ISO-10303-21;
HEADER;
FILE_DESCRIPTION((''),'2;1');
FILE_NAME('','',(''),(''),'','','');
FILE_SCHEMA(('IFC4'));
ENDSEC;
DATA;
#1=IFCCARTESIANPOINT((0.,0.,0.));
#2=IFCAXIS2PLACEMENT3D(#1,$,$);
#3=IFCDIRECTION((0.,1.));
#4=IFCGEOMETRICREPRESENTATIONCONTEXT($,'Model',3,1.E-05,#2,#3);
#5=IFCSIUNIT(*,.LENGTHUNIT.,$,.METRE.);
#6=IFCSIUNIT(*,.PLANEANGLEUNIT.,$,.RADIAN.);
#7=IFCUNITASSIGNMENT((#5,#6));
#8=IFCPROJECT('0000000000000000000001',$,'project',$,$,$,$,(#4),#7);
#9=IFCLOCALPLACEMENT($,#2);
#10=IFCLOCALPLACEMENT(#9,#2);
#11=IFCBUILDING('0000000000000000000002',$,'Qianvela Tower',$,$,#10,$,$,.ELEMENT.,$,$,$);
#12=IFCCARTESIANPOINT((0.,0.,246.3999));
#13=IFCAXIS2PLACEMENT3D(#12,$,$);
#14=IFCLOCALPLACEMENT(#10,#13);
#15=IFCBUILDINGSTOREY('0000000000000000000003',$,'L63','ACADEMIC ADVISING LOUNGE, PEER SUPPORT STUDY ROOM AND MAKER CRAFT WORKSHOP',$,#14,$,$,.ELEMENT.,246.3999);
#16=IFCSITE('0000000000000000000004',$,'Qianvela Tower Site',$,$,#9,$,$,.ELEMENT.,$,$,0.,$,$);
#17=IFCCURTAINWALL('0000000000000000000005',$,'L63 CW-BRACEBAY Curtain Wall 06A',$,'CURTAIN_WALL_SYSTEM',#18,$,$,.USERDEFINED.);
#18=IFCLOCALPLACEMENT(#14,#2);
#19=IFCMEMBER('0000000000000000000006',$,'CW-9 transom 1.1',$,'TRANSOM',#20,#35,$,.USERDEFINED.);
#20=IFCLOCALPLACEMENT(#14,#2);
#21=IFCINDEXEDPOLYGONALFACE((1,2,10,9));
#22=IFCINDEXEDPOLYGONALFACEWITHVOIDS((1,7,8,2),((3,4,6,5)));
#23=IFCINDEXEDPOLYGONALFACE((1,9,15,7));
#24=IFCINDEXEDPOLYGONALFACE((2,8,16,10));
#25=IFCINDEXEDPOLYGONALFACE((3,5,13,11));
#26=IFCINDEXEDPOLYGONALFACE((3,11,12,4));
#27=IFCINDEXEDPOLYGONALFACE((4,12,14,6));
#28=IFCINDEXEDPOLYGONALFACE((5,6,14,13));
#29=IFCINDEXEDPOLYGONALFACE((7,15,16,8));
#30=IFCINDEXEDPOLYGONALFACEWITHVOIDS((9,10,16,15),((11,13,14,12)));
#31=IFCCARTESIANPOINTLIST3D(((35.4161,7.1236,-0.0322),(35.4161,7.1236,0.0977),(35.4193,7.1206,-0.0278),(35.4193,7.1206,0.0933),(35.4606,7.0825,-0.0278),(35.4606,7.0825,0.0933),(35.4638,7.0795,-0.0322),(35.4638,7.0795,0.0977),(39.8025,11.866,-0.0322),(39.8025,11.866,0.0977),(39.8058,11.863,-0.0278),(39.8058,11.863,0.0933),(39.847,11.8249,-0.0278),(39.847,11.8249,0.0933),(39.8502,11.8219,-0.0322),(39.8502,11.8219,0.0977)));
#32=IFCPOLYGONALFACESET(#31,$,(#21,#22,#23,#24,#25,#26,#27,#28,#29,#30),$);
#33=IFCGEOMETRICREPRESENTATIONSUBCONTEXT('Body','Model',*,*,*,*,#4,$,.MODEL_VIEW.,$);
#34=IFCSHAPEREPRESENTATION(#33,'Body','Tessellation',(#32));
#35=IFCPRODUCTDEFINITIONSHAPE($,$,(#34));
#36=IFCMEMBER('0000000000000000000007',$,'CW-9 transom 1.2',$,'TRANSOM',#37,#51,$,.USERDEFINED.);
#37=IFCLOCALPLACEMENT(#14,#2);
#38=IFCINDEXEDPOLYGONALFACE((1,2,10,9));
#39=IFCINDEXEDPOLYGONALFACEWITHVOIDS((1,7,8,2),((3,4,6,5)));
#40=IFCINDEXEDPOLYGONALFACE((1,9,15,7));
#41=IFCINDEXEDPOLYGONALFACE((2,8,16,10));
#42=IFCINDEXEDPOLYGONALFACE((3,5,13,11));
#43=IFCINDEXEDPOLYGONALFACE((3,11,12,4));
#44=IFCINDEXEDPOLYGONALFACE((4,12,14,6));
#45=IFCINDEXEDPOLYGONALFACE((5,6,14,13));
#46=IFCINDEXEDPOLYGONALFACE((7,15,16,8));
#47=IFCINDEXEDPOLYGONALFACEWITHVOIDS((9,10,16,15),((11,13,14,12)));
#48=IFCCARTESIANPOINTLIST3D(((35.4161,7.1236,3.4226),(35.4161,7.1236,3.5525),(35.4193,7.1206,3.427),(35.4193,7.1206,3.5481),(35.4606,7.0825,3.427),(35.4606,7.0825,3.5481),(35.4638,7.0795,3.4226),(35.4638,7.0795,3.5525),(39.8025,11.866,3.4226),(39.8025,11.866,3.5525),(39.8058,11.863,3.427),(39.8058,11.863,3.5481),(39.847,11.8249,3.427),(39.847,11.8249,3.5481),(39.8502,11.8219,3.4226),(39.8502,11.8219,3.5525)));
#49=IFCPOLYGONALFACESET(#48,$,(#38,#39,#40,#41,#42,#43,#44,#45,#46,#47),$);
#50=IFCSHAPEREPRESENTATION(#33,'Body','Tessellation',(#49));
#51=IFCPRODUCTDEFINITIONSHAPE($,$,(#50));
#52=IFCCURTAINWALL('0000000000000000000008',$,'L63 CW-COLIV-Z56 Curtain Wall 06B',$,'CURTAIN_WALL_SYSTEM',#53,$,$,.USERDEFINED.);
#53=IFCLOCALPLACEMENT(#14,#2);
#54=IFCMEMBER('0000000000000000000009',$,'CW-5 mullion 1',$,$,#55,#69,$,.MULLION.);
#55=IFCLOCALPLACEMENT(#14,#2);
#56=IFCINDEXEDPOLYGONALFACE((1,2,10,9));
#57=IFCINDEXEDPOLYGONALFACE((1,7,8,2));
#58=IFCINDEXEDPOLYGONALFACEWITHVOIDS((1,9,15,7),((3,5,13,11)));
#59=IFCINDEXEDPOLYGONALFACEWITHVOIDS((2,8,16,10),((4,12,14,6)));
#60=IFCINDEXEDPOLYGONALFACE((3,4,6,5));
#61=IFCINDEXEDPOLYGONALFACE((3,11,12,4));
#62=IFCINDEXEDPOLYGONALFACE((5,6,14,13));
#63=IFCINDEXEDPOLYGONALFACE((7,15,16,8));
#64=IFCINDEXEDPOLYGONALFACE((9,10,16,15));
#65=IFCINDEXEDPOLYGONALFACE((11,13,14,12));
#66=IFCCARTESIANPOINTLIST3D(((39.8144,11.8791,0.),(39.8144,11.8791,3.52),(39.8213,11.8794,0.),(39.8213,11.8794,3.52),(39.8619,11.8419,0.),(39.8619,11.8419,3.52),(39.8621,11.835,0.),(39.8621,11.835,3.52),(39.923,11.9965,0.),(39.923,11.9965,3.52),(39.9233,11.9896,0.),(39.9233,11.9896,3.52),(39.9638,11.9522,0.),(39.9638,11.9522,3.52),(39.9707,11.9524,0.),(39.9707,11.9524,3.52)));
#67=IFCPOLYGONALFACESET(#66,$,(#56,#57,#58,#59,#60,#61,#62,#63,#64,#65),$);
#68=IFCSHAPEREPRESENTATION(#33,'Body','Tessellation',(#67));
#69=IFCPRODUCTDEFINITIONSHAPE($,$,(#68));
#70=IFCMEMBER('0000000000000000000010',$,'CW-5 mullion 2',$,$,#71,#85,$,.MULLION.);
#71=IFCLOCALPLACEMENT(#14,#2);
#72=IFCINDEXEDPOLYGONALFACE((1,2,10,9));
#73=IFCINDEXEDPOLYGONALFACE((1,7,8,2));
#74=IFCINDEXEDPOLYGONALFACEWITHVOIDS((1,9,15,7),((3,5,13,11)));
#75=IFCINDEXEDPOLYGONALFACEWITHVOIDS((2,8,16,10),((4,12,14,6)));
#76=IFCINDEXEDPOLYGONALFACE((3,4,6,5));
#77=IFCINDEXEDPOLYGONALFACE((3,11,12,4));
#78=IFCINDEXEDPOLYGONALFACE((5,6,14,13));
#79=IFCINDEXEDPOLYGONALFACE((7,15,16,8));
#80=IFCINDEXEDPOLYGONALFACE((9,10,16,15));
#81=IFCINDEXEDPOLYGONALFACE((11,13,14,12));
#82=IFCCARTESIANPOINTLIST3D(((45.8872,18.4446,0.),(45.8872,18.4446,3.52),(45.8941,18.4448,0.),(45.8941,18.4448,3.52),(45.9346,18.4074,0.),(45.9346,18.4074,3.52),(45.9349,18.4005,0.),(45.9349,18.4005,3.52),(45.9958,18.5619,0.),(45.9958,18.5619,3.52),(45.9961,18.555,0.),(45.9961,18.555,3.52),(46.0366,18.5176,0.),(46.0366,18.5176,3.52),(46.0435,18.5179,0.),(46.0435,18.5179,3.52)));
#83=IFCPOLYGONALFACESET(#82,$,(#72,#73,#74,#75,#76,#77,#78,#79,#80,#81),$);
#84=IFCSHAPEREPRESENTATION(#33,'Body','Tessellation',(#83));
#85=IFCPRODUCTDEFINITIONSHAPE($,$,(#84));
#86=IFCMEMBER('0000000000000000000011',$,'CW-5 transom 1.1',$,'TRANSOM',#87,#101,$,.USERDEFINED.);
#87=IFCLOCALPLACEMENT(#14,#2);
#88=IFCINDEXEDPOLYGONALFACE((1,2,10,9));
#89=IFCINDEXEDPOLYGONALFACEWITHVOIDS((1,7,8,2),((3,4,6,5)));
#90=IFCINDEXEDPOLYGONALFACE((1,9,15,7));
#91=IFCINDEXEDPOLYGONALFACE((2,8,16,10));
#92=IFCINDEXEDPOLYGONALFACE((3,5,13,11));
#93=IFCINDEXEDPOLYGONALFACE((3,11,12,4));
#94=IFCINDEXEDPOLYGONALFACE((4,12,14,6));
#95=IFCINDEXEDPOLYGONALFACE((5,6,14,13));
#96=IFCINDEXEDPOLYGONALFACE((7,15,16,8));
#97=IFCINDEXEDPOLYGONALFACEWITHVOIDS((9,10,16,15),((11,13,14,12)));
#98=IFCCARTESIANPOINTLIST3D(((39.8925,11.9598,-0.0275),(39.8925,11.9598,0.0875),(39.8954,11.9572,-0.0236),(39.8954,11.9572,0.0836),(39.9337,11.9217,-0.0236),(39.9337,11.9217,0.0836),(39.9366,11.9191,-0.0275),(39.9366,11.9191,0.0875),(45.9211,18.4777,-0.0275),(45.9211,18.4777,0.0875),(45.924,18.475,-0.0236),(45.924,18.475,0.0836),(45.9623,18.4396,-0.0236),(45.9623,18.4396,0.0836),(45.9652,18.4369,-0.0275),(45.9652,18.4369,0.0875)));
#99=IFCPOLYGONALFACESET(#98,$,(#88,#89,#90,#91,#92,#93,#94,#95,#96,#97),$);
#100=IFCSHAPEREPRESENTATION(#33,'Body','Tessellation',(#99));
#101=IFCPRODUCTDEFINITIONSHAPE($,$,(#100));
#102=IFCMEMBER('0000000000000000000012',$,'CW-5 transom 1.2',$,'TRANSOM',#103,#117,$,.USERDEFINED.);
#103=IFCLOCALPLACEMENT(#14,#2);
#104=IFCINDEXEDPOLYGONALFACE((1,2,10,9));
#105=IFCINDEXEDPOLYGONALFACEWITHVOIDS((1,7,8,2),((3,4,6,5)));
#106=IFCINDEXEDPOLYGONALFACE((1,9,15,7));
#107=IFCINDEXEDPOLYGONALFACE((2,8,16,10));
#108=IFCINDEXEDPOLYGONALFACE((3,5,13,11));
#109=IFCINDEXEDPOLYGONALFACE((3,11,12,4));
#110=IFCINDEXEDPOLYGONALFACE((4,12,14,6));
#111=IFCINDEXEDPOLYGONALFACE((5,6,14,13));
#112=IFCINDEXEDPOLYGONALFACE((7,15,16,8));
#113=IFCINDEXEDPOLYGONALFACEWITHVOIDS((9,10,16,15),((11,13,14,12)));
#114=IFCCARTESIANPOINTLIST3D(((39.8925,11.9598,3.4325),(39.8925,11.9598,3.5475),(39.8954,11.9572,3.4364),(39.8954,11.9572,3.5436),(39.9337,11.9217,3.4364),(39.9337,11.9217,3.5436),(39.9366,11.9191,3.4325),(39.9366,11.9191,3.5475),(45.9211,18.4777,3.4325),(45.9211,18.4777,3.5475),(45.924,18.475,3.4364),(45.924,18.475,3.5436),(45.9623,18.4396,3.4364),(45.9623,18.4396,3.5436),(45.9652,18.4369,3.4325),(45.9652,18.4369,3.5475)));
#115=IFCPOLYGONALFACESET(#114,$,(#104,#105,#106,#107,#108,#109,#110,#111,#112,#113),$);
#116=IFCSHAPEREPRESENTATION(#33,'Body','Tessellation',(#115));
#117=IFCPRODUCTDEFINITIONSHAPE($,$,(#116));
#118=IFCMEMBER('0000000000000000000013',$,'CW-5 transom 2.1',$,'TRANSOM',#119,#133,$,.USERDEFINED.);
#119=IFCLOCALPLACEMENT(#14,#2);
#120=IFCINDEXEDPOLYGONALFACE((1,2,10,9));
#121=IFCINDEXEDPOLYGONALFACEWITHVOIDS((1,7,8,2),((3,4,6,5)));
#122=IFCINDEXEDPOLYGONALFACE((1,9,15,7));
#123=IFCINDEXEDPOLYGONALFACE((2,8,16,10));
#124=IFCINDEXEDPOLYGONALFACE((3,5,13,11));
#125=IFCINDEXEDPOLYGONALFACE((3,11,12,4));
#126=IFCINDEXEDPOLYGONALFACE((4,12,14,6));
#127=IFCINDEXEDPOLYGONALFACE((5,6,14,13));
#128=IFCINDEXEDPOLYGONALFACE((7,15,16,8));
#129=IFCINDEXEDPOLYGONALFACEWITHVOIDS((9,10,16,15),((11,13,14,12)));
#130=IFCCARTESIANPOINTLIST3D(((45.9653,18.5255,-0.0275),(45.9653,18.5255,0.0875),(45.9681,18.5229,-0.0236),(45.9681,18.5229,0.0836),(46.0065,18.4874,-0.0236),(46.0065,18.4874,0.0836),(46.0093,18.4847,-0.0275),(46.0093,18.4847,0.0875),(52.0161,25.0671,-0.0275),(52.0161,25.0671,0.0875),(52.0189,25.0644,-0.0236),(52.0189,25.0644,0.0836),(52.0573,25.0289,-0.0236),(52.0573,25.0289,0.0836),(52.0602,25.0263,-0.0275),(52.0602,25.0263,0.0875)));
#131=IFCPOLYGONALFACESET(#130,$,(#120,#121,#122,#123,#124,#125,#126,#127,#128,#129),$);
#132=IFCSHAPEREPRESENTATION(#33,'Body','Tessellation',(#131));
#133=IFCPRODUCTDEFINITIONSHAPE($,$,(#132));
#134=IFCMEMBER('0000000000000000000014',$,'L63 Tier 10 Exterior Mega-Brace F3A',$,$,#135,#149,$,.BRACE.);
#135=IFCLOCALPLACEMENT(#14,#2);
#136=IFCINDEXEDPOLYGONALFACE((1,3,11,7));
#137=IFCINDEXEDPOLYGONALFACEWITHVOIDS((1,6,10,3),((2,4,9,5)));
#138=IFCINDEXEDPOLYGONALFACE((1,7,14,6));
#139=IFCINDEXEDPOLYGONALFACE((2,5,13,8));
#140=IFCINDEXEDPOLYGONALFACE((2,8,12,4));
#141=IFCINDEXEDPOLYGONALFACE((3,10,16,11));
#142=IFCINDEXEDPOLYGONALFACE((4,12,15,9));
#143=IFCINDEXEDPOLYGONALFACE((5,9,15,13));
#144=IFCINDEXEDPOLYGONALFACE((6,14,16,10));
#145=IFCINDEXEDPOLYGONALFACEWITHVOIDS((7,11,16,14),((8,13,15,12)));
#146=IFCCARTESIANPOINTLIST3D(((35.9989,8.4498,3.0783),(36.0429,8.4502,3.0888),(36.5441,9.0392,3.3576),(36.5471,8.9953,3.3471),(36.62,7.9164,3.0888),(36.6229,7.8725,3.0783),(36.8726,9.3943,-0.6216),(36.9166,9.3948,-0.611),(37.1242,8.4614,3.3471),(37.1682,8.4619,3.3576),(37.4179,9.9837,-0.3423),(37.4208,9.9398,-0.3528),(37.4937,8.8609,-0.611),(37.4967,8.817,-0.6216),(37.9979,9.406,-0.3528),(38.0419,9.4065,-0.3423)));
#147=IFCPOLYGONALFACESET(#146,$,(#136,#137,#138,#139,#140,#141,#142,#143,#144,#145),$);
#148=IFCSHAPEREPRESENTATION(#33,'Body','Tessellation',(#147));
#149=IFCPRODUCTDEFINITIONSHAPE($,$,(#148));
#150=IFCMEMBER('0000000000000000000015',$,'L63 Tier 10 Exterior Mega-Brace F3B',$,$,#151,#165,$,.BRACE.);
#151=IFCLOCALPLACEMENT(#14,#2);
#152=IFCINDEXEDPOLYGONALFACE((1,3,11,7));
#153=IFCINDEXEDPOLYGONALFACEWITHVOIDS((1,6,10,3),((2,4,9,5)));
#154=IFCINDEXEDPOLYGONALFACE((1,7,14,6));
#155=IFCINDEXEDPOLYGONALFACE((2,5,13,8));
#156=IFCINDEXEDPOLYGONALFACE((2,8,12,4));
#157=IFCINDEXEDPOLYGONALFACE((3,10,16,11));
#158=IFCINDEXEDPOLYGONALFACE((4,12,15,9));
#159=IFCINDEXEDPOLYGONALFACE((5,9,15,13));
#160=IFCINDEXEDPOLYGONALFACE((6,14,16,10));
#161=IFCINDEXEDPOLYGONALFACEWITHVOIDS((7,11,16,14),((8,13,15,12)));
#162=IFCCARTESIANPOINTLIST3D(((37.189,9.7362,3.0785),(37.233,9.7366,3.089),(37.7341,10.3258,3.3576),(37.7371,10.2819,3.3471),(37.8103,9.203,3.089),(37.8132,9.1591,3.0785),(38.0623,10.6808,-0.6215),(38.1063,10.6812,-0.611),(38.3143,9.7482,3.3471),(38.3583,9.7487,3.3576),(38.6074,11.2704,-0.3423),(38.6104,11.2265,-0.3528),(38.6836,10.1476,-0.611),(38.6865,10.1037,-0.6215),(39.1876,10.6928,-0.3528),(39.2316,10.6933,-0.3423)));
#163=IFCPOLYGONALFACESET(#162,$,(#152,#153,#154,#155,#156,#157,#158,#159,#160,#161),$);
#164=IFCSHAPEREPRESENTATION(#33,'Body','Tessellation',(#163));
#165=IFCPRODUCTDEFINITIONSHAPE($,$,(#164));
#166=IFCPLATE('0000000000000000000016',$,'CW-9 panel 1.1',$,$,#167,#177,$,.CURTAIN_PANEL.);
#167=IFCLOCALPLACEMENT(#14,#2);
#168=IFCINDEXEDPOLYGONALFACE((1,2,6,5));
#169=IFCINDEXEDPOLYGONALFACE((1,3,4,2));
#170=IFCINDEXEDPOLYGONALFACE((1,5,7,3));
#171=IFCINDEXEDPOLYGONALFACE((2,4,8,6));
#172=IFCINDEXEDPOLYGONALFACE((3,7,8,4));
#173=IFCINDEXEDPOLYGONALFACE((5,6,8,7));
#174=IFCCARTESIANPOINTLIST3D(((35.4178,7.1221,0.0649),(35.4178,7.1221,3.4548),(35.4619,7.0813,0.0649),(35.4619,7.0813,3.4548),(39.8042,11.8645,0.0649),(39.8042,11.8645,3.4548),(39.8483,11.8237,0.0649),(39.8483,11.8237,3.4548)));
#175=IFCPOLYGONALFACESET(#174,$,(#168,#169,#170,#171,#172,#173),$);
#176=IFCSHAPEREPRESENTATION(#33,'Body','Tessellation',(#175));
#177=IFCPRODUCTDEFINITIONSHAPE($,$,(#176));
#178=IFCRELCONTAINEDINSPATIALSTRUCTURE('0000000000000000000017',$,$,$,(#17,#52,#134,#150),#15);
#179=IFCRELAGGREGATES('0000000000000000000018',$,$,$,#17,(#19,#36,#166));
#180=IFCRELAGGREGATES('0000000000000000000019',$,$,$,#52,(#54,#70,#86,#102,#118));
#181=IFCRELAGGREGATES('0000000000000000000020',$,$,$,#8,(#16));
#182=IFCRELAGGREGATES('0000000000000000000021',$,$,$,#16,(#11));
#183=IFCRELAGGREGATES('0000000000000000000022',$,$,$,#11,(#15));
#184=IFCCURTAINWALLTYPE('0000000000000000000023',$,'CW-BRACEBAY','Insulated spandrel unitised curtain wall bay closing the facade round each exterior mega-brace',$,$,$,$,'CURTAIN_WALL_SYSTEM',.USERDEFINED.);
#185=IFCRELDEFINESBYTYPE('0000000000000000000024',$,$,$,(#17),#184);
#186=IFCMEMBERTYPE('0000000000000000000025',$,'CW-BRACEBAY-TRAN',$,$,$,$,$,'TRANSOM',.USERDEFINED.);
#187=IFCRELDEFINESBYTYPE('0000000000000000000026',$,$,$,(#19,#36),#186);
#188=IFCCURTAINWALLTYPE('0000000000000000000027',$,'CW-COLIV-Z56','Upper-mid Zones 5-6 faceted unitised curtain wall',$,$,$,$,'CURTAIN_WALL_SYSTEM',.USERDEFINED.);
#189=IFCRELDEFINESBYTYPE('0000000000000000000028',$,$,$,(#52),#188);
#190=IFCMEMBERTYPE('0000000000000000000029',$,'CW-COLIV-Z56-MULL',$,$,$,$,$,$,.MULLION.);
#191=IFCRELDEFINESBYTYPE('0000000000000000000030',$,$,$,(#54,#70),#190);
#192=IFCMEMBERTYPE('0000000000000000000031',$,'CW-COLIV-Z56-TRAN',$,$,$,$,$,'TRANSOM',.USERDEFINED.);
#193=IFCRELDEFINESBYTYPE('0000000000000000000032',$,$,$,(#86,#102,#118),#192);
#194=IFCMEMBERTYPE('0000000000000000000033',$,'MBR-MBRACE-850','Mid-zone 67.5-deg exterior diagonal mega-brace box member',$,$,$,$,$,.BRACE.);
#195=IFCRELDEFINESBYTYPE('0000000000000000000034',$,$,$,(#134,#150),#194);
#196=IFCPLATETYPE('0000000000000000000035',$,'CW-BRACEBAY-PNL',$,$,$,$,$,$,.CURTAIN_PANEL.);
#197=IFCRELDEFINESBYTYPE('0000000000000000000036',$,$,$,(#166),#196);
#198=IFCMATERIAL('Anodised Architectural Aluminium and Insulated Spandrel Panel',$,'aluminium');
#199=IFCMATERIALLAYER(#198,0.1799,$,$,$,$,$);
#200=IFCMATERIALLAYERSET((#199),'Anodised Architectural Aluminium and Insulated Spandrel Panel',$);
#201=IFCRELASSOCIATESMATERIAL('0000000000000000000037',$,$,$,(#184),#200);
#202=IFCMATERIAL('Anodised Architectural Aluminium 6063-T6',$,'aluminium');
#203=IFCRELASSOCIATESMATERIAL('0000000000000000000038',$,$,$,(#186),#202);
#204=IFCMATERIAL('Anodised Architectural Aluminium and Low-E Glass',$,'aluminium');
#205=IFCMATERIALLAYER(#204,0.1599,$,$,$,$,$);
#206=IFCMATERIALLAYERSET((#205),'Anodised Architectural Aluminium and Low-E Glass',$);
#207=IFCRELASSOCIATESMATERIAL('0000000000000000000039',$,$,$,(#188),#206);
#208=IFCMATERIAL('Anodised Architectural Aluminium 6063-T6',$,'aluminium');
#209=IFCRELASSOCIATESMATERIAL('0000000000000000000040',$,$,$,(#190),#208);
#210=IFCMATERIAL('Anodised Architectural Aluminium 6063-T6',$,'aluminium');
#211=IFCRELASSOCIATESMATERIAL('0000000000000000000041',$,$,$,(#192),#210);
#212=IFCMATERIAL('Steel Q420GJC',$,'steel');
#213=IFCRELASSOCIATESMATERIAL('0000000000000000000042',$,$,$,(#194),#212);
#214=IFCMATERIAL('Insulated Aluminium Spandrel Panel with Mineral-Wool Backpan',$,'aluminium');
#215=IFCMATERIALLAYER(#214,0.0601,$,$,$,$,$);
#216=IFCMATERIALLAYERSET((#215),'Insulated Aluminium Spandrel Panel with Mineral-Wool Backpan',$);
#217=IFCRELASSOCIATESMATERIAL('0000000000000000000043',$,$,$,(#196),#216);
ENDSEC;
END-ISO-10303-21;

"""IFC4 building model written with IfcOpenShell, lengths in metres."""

from ifc_helpers import new_model, si_unit, direction, frame, origin, origin_2d, place, context, subcontext, project, spatial, rectangle, hollow_rectangle, extrude, material, layer, layer_set, material_profile, profile_set, type_object, element, aggregate, save


model = new_model("IFC4")

# Units and contexts
model_context = context("Model", 3, precision=1e-05, world=origin(), true_north=direction((0.0, 1.0)))
body_context = subcontext(model_context, "Body", "Model", "MODEL_VIEW")
ifc_project = project(units=[si_unit("LENGTHUNIT", "METRE"), si_unit("PLANEANGLEUNIT", "RADIAN")], contexts=[model_context])

# Site, building, storey
site_placement = place(None, origin())
site = spatial("IfcSite", under=ifc_project, at=site_placement, Name="Qianvela Tower Site", CompositionType="ELEMENT", RefElevation=0.0)
building_placement = place(site_placement, origin())
building = spatial("IfcBuilding", under=site, at=building_placement, Name="Qianvela Tower", CompositionType="ELEMENT")
storey_placement = place(building_placement, frame((0.0, 0.0, 246.3999)))
storey = spatial("IfcBuildingStorey", under=building, at=storey_placement, Name="L63", Description="ACADEMIC ADVISING LOUNGE, PEER SUPPORT STUDY ROOM AND MAKER CRAFT WORKSHOP", CompositionType="ELEMENT", Elevation=246.3999)

# Curtain walls, members
ifc_material_1 = material(Name="Anodised Architectural Aluminium and Insulated Spandrel Panel", Category="aluminium")
ifc_layer_1 = layer(ifc_material_1, 0.1799)
ifc_layer_set_1 = layer_set([ifc_layer_1], Name="Anodised Architectural Aluminium and Insulated Spandrel Panel")
curtain_wall_type_1 = type_object("IfcCurtainWallType", Name="CW-BRACEBAY", Description="Insulated spandrel unitised curtain wall bay closing the facade round each exterior mega-brace", ElementType="CURTAIN_WALL_SYSTEM", PredefinedType="USERDEFINED", material=ifc_layer_set_1)
curtain_wall_1_placement = place(storey_placement, origin())
curtain_wall_1 = element("IfcCurtainWall", 1, at=curtain_wall_1_placement, inside=storey, type_object=curtain_wall_type_1, Name="L63 CW-BRACEBAY Curtain Wall 06A", ObjectType="CURTAIN_WALL_SYSTEM", PredefinedType="USERDEFINED")
ifc_material_2 = material(Name="Anodised Architectural Aluminium 6063-T6", Category="aluminium")
ifc_material_profile_1 = material_profile(ifc_material_2, hollow_rectangle(XDim=0.0649, YDim=0.1299, WallThickness=0.0044, at=origin_2d()), Name="ALU-TRAN-65x130")
ifc_profile_set_1 = profile_set([ifc_material_profile_1], Name="Anodised Architectural Aluminium 6063-T6")
member_type_1 = type_object("IfcMemberType", Name="CW-BRACEBAY-TRAN", ElementType="TRANSOM", PredefinedType="USERDEFINED", material=ifc_profile_set_1)
member_1_placement = place(storey_placement, frame((35.4399, 7.1016, 0.0327), z_axis=(0.679019, 0.734121, 0.0), x_axis=(-0.734121, 0.679019, 0.0)))
member_1 = element("IfcMember", 2, at=member_1_placement, type_object=member_type_1, Name="CW-9 transom 1.1", ObjectType="TRANSOM", PredefinedType="USERDEFINED", context=body_context, shape_type="SweptSolid", body=[
    extrude(hollow_rectangle(XDim=0.0649, YDim=0.1299, WallThickness=0.0044, at=origin_2d()), origin(), (0.0, 0.0, 1.0), 6.46),
])
member_2_placement = place(storey_placement, frame((35.4399, 7.1016, 3.4875), z_axis=(0.679019, 0.734121, 0.0), x_axis=(-0.734121, 0.679019, 0.0)))
member_2 = element("IfcMember", 3, at=member_2_placement, type_object=member_type_1, Name="CW-9 transom 1.2", ObjectType="TRANSOM", PredefinedType="USERDEFINED", context=body_context, shape_type="SweptSolid", body=[
    extrude(hollow_rectangle(XDim=0.0649, YDim=0.1299, WallThickness=0.0044, at=origin_2d()), origin(), (0.0, 0.0, 1.0), 6.46),
])
ifc_material_3 = material(Name="Anodised Architectural Aluminium and Low-E Glass", Category="aluminium")
ifc_layer_2 = layer(ifc_material_3, 0.1599)
ifc_layer_set_2 = layer_set([ifc_layer_2], Name="Anodised Architectural Aluminium and Low-E Glass")
curtain_wall_type_2 = type_object("IfcCurtainWallType", Name="CW-COLIV-Z56", Description="Upper-mid Zones 5-6 faceted unitised curtain wall", ElementType="CURTAIN_WALL_SYSTEM", PredefinedType="USERDEFINED", material=ifc_layer_set_2)
curtain_wall_2_placement = place(storey_placement, origin())
curtain_wall_2 = element("IfcCurtainWall", 4, at=curtain_wall_2_placement, inside=storey, type_object=curtain_wall_type_2, Name="L63 CW-COLIV-Z56 Curtain Wall 06B", ObjectType="CURTAIN_WALL_SYSTEM", PredefinedType="USERDEFINED")
ifc_material_4 = material(Name="Anodised Architectural Aluminium 6063-T6", Category="aluminium")
ifc_material_profile_2 = material_profile(ifc_material_4, hollow_rectangle(XDim=0.0649, YDim=0.1599, WallThickness=0.0049, at=origin_2d()), Name="ALU-MULL-65x160")
ifc_profile_set_2 = profile_set([ifc_material_profile_2], Name="Anodised Architectural Aluminium 6063-T6")
member_type_2 = type_object("IfcMemberType", Name="CW-COLIV-Z56-MULL", PredefinedType="MULLION", material=ifc_profile_set_2)
member_3_placement = place(storey_placement, frame((39.8926, 11.9158, 0.0), z_axis=(0.0, 0.0, 1.0), x_axis=(-0.734122, 0.679018, 0.0)))
member_3 = element("IfcMember", 5, at=member_3_placement, type_object=member_type_2, Name="CW-5 mullion 1", PredefinedType="MULLION", context=body_context, shape_type="SweptSolid", body=[
    extrude(hollow_rectangle(XDim=0.0649, YDim=0.1599, WallThickness=0.0049, at=origin_2d()), origin(), (0.0, 0.0, 1.0), 3.52),
])
member_4_placement = place(storey_placement, frame((45.9653, 18.4812, 0.0), z_axis=(0.0, 0.0, 1.0), x_axis=(-0.734122, 0.679018, 0.0)))
member_4 = element("IfcMember", 6, at=member_4_placement, type_object=member_type_2, Name="CW-5 mullion 2", PredefinedType="MULLION", context=body_context, shape_type="SweptSolid", body=[
    extrude(hollow_rectangle(XDim=0.0649, YDim=0.1599, WallThickness=0.0049, at=origin_2d()), origin(), (0.0, 0.0, 1.0), 3.52),
])
ifc_material_5 = material(Name="Anodised Architectural Aluminium 6063-T6", Category="aluminium")
ifc_material_profile_3 = material_profile(ifc_material_5, hollow_rectangle(XDim=0.0601, YDim=0.115, WallThickness=0.0039, at=origin_2d()), Name="ALU-TRAN-60x115")
ifc_profile_set_3 = profile_set([ifc_material_profile_3], Name="Anodised Architectural Aluminium 6063-T6")
member_type_3 = type_object("IfcMemberType", Name="CW-COLIV-Z56-TRAN", ElementType="TRANSOM", PredefinedType="USERDEFINED", material=ifc_profile_set_3)
member_5_placement = place(storey_placement, frame((39.9146, 11.9395, 0.03), z_axis=(0.679016, 0.734123, 0.0), x_axis=(-0.734123, 0.679016, 0.0)))
member_5 = element("IfcMember", 7, at=member_5_placement, type_object=member_type_3, Name="CW-5 transom 1.1", ObjectType="TRANSOM", PredefinedType="USERDEFINED", context=body_context, shape_type="SweptSolid", body=[
    extrude(hollow_rectangle(XDim=0.0601, YDim=0.115, WallThickness=0.0039, at=origin_2d()), origin(), (0.0, 0.0, 1.0), 8.8784),
])
member_6_placement = place(storey_placement, frame((39.9146, 11.9395, 3.49), z_axis=(0.679016, 0.734123, 0.0), x_axis=(-0.734123, 0.679016, 0.0)))
member_6 = element("IfcMember", 8, at=member_6_placement, type_object=member_type_3, Name="CW-5 transom 1.2", ObjectType="TRANSOM", PredefinedType="USERDEFINED", context=body_context, shape_type="SweptSolid", body=[
    extrude(hollow_rectangle(XDim=0.0601, YDim=0.115, WallThickness=0.0039, at=origin_2d()), origin(), (0.0, 0.0, 1.0), 8.8784),
])
member_7_placement = place(storey_placement, frame((45.9873, 18.5051, 0.03), z_axis=(0.679035, 0.734106, 0.0), x_axis=(-0.734106, 0.679035, 0.0)))
member_7 = element("IfcMember", 9, at=member_7_placement, type_object=member_type_3, Name="CW-5 transom 2.1", ObjectType="TRANSOM", PredefinedType="USERDEFINED", context=body_context, shape_type="SweptSolid", body=[
    extrude(hollow_rectangle(XDim=0.0601, YDim=0.115, WallThickness=0.0039, at=origin_2d()), origin(), (0.0, 0.0, 1.0), 8.9109),
])

# Members
ifc_material_6 = material(Name="Steel Q420GJC", Category="steel")
ifc_material_profile_4 = material_profile(ifc_material_6, hollow_rectangle(XDim=0.8501, YDim=0.8501, WallThickness=0.032, at=origin_2d()), Name="MBOX-850x850x32")
ifc_profile_set_4 = profile_set([ifc_material_profile_4], Name="Steel Q420GJC")
member_type_4 = type_object("IfcMemberType", Name="MBR-MBRACE-850", Description="Mid-zone 67.5-deg exterior diagonal mega-brace box member", PredefinedType="BRACE", material=ifc_profile_set_4)
for number, where, z_axis, x_axis, name in (
    (10, (37.4573, 9.4004, -0.4819), (-0.223056, -0.241129, 0.944512), (0.734083, -0.67906, 0.0), "L63 Tier 10 Exterior Mega-Brace F3A"),
    (11, (38.647, 10.687, -0.4819), (-0.222937, -0.241136, 0.944538), (0.734272, -0.678855, 0.0), "L63 Tier 10 Exterior Mega-Brace F3B"),
):
    element("IfcMember", number, at=place(storey_placement, frame(where, z_axis=z_axis, x_axis=x_axis)), inside=storey, type_object=member_type_4, Name=name, PredefinedType="BRACE", context=body_context, shape_type="SweptSolid", body=[
        extrude(hollow_rectangle(XDim=0.8501, YDim=0.8501, WallThickness=0.032, at=origin_2d()), origin(), (0.0, 0.0, 1.0), 3.9172),
    ])

# Plate
ifc_material_7 = material(Name="Insulated Aluminium Spandrel Panel with Mineral-Wool Backpan", Category="aluminium")
ifc_layer_3 = layer(ifc_material_7, 0.0601)
ifc_layer_set_3 = layer_set([ifc_layer_3], Name="Insulated Aluminium Spandrel Panel with Mineral-Wool Backpan")
plate_type_1 = type_object("IfcPlateType", Name="CW-BRACEBAY-PNL", PredefinedType="CURTAIN_PANEL", material=ifc_layer_set_3)
plate_1_placement = place(storey_placement, frame((37.6331, 9.4729, 0.0649), z_axis=(0.0, 0.0, 1.0), x_axis=(0.679013, 0.734126, 0.0)))
plate_1 = element("IfcPlate", 12, at=plate_1_placement, type_object=plate_type_1, Name="CW-9 panel 1.1", PredefinedType="CURTAIN_PANEL", context=body_context, shape_type="SweptSolid", body=[
    extrude(rectangle(XDim=6.46, YDim=0.0601, at=origin_2d()), origin(), (0.0, 0.0, 1.0), 3.3899),
])
aggregate(curtain_wall_1, [member_1, member_2, plate_1])
aggregate(curtain_wall_2, [member_3, member_4, member_5, member_6, member_7])

save(model, "model.ifc")
